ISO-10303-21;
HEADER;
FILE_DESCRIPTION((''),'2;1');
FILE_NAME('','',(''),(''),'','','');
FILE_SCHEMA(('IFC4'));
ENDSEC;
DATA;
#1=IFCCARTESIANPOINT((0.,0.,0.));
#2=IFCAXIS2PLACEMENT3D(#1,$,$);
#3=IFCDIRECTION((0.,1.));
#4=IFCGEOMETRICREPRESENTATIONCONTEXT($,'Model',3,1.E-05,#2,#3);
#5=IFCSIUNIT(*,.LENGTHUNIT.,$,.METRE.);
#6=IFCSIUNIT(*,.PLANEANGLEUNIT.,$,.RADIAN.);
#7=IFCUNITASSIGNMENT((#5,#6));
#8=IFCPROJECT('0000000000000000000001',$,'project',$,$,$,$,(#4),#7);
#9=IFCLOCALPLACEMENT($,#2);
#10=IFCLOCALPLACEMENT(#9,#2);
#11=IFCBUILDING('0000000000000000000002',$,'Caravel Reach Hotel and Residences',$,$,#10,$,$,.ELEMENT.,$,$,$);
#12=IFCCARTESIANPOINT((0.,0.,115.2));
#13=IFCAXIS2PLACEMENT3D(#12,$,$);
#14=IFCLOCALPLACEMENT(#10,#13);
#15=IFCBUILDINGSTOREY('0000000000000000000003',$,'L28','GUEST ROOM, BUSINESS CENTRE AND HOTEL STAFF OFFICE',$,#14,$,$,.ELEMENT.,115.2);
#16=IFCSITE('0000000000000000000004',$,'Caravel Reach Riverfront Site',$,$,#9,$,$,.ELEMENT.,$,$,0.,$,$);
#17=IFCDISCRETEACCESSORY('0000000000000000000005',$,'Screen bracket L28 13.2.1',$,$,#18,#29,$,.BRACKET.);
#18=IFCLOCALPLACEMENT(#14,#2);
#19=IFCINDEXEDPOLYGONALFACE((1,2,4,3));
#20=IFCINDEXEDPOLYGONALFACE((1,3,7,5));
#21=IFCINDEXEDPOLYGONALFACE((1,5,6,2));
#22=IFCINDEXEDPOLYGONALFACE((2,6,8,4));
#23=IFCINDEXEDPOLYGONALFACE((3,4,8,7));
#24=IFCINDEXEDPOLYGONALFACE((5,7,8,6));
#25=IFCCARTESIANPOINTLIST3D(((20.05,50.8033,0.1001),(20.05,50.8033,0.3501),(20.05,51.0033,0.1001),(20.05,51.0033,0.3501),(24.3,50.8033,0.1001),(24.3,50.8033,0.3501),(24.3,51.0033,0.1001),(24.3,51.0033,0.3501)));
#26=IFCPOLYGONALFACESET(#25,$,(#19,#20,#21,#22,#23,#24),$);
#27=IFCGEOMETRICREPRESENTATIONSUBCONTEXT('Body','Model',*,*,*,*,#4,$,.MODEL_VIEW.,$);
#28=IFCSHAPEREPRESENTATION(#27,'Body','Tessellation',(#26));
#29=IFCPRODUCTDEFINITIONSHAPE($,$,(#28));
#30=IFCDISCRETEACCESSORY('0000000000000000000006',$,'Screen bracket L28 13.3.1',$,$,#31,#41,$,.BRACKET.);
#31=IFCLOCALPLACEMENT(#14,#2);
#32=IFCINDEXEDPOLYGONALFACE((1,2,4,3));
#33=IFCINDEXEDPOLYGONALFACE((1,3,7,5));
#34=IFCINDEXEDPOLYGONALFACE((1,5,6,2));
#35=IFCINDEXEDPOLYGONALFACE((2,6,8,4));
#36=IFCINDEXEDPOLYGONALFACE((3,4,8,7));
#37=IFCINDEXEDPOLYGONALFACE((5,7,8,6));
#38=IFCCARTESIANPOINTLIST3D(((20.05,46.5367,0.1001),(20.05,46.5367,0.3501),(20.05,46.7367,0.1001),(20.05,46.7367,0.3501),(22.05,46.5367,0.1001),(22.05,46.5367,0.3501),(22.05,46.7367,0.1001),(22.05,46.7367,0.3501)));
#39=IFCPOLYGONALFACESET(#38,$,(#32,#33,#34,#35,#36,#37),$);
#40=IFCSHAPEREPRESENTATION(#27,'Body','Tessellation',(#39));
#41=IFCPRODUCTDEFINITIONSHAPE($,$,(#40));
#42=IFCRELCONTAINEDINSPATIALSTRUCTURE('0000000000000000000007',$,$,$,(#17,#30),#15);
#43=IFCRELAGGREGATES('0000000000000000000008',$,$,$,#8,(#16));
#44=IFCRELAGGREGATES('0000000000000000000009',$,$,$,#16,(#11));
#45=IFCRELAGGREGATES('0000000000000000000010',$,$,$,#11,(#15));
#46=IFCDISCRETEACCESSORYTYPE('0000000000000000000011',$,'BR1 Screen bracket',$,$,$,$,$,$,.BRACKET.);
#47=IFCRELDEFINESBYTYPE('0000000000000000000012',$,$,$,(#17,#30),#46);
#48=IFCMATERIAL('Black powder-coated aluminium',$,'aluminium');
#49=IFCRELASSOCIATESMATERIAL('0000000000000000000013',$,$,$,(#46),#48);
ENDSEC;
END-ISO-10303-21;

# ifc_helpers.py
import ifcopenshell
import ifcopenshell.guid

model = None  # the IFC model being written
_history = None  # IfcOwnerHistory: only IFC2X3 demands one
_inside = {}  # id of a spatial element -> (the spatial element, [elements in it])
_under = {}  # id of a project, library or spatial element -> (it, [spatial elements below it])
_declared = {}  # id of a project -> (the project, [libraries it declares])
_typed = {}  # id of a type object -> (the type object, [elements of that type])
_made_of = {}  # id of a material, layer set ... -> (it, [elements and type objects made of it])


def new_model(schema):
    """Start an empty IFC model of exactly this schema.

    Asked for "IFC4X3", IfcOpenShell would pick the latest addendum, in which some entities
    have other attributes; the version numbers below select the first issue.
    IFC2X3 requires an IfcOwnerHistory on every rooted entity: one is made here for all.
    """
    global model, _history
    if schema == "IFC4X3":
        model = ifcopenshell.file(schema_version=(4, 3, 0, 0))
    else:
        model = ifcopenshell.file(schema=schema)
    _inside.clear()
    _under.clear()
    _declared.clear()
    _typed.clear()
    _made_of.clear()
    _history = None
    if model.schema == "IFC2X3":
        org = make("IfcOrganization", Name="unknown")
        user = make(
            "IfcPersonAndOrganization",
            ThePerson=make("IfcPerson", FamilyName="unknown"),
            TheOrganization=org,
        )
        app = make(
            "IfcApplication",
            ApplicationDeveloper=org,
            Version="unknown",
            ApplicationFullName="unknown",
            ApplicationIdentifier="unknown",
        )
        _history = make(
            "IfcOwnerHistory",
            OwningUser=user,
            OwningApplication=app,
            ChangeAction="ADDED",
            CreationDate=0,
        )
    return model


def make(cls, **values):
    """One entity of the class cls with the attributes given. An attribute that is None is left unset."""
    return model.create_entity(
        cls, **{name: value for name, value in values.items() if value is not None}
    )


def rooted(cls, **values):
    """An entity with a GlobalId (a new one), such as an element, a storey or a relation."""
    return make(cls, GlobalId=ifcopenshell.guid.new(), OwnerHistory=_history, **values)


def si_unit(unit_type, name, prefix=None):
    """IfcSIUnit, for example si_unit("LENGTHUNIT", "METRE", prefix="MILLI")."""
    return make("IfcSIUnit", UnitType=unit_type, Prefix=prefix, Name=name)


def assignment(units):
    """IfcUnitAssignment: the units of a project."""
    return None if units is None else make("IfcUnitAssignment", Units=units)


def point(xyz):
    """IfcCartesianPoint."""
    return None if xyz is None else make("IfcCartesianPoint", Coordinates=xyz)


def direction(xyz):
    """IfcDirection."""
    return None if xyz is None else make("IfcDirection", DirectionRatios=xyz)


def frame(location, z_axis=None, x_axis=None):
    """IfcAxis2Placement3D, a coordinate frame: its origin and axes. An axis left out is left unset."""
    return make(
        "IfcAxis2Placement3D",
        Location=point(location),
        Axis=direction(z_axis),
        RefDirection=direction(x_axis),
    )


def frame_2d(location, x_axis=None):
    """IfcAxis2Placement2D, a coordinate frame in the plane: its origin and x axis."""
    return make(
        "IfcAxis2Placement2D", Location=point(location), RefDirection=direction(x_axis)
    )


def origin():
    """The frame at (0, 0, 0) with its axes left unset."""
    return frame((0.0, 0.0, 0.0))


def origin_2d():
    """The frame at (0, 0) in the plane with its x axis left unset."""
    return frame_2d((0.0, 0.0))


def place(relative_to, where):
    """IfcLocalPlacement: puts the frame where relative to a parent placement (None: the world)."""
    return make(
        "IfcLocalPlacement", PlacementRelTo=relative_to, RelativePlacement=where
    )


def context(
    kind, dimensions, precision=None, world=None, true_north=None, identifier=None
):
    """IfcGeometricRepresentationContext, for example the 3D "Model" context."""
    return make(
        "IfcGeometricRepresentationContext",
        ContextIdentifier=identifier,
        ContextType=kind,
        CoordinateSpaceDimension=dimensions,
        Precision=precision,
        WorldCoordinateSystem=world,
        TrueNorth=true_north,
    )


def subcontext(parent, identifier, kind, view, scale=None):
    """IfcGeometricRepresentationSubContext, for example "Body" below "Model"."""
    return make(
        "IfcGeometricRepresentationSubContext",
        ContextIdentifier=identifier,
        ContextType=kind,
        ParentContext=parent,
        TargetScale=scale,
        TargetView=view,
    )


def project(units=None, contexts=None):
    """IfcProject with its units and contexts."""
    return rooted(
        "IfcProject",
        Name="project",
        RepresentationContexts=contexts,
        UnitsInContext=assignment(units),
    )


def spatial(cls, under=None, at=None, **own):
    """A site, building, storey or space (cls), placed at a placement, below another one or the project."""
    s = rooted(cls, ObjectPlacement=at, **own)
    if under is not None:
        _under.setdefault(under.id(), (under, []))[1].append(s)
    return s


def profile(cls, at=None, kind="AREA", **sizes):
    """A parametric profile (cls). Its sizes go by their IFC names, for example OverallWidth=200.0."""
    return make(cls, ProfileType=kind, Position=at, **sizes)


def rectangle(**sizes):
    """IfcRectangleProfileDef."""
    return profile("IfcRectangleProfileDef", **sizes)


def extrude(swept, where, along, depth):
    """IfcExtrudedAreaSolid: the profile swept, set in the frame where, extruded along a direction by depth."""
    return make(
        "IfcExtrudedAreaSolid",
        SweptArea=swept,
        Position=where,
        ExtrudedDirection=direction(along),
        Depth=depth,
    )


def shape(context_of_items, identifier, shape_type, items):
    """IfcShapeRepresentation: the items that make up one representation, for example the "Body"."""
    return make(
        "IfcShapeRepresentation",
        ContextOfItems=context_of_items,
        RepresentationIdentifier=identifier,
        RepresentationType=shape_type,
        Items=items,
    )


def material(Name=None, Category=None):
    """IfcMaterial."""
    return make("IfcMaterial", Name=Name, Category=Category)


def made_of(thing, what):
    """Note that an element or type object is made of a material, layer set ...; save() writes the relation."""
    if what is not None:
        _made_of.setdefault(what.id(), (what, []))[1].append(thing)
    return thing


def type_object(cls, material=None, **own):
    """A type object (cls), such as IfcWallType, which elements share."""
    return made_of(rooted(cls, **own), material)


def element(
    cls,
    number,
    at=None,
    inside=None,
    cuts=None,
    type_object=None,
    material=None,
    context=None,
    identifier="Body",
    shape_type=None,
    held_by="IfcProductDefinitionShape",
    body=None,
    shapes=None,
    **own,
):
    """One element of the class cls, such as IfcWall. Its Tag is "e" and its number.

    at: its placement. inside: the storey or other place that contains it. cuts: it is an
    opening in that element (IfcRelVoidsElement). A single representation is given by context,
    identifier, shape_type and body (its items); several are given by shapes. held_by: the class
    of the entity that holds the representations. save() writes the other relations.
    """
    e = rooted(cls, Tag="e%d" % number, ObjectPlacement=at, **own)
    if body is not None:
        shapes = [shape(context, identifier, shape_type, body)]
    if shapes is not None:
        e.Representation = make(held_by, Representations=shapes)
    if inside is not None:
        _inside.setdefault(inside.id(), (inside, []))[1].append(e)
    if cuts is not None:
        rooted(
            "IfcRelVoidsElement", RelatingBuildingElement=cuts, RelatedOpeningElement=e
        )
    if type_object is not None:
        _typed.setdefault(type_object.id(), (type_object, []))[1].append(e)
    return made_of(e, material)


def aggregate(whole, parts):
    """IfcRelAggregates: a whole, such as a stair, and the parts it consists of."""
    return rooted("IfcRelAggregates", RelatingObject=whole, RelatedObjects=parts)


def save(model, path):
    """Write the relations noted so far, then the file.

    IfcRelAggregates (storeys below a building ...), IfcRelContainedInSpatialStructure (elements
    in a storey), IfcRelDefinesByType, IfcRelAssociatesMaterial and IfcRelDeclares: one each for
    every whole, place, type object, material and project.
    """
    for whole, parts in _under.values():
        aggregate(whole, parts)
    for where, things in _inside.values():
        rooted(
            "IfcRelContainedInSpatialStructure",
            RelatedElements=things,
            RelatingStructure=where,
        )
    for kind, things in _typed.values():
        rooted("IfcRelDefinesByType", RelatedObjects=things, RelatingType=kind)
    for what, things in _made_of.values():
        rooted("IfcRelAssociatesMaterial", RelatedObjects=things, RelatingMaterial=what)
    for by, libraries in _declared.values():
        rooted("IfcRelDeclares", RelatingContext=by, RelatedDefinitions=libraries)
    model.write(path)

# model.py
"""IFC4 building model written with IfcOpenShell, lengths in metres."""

from ifc_helpers import new_model, si_unit, direction, frame, origin, origin_2d, place, context, subcontext, project, spatial, rectangle, extrude, material, type_object, element, save


model = new_model("IFC4")

# Units and contexts
model_context = context("Model", 3, precision=1e-05, world=origin(), true_north=direction((0.0, 1.0)))
body_context = subcontext(model_context, "Body", "Model", "MODEL_VIEW")
ifc_project = project(units=[si_unit("LENGTHUNIT", "METRE"), si_unit("PLANEANGLEUNIT", "RADIAN")], contexts=[model_context])

# Site, building, storey
site_placement = place(None, origin())
site = spatial("IfcSite", under=ifc_project, at=site_placement, Name="Caravel Reach Riverfront Site", CompositionType="ELEMENT", RefElevation=0.0)
building_placement = place(site_placement, origin())
building = spatial("IfcBuilding", under=site, at=building_placement, Name="Caravel Reach Hotel and Residences", CompositionType="ELEMENT")
storey_placement = place(building_placement, frame((0.0, 0.0, 115.2)))
storey = spatial("IfcBuildingStorey", under=building, at=storey_placement, Name="L28", Description="GUEST ROOM, BUSINESS CENTRE AND HOTEL STAFF OFFICE", CompositionType="ELEMENT", Elevation=115.2)

# Discrete accessories
ifc_material_1 = material(Name="Black powder-coated aluminium", Category="aluminium")
discrete_accessory_type = type_object("IfcDiscreteAccessoryType", Name="BR1 Screen bracket", PredefinedType="BRACKET", material=ifc_material_1)
discrete_accessory_1_placement = place(storey_placement, frame((22.175, 50.9033, 0.1001), z_axis=(0.0, 0.0, 1.0), x_axis=(-1.0, 0.0, 0.0)))
element("IfcDiscreteAccessory", 1, at=discrete_accessory_1_placement, inside=storey, type_object=discrete_accessory_type, Name="Screen bracket L28 13.2.1", PredefinedType="BRACKET", context=body_context, shape_type="SweptSolid", body=[
    extrude(rectangle(XDim=4.25, YDim=0.2, at=origin_2d()), origin(), (0.0, 0.0, 1.0), 0.25),
])
discrete_accessory_2_placement = place(storey_placement, frame((21.05, 46.6367, 0.1001), z_axis=(0.0, 0.0, 1.0), x_axis=(-1.0, 0.0, 0.0)))
element("IfcDiscreteAccessory", 2, at=discrete_accessory_2_placement, inside=storey, type_object=discrete_accessory_type, Name="Screen bracket L28 13.3.1", PredefinedType="BRACKET", context=body_context, shape_type="SweptSolid", body=[
    extrude(rectangle(XDim=2.0, YDim=0.2, at=origin_2d()), origin(), (0.0, 0.0, 1.0), 0.25),
])

save(model, "model.ifc")
